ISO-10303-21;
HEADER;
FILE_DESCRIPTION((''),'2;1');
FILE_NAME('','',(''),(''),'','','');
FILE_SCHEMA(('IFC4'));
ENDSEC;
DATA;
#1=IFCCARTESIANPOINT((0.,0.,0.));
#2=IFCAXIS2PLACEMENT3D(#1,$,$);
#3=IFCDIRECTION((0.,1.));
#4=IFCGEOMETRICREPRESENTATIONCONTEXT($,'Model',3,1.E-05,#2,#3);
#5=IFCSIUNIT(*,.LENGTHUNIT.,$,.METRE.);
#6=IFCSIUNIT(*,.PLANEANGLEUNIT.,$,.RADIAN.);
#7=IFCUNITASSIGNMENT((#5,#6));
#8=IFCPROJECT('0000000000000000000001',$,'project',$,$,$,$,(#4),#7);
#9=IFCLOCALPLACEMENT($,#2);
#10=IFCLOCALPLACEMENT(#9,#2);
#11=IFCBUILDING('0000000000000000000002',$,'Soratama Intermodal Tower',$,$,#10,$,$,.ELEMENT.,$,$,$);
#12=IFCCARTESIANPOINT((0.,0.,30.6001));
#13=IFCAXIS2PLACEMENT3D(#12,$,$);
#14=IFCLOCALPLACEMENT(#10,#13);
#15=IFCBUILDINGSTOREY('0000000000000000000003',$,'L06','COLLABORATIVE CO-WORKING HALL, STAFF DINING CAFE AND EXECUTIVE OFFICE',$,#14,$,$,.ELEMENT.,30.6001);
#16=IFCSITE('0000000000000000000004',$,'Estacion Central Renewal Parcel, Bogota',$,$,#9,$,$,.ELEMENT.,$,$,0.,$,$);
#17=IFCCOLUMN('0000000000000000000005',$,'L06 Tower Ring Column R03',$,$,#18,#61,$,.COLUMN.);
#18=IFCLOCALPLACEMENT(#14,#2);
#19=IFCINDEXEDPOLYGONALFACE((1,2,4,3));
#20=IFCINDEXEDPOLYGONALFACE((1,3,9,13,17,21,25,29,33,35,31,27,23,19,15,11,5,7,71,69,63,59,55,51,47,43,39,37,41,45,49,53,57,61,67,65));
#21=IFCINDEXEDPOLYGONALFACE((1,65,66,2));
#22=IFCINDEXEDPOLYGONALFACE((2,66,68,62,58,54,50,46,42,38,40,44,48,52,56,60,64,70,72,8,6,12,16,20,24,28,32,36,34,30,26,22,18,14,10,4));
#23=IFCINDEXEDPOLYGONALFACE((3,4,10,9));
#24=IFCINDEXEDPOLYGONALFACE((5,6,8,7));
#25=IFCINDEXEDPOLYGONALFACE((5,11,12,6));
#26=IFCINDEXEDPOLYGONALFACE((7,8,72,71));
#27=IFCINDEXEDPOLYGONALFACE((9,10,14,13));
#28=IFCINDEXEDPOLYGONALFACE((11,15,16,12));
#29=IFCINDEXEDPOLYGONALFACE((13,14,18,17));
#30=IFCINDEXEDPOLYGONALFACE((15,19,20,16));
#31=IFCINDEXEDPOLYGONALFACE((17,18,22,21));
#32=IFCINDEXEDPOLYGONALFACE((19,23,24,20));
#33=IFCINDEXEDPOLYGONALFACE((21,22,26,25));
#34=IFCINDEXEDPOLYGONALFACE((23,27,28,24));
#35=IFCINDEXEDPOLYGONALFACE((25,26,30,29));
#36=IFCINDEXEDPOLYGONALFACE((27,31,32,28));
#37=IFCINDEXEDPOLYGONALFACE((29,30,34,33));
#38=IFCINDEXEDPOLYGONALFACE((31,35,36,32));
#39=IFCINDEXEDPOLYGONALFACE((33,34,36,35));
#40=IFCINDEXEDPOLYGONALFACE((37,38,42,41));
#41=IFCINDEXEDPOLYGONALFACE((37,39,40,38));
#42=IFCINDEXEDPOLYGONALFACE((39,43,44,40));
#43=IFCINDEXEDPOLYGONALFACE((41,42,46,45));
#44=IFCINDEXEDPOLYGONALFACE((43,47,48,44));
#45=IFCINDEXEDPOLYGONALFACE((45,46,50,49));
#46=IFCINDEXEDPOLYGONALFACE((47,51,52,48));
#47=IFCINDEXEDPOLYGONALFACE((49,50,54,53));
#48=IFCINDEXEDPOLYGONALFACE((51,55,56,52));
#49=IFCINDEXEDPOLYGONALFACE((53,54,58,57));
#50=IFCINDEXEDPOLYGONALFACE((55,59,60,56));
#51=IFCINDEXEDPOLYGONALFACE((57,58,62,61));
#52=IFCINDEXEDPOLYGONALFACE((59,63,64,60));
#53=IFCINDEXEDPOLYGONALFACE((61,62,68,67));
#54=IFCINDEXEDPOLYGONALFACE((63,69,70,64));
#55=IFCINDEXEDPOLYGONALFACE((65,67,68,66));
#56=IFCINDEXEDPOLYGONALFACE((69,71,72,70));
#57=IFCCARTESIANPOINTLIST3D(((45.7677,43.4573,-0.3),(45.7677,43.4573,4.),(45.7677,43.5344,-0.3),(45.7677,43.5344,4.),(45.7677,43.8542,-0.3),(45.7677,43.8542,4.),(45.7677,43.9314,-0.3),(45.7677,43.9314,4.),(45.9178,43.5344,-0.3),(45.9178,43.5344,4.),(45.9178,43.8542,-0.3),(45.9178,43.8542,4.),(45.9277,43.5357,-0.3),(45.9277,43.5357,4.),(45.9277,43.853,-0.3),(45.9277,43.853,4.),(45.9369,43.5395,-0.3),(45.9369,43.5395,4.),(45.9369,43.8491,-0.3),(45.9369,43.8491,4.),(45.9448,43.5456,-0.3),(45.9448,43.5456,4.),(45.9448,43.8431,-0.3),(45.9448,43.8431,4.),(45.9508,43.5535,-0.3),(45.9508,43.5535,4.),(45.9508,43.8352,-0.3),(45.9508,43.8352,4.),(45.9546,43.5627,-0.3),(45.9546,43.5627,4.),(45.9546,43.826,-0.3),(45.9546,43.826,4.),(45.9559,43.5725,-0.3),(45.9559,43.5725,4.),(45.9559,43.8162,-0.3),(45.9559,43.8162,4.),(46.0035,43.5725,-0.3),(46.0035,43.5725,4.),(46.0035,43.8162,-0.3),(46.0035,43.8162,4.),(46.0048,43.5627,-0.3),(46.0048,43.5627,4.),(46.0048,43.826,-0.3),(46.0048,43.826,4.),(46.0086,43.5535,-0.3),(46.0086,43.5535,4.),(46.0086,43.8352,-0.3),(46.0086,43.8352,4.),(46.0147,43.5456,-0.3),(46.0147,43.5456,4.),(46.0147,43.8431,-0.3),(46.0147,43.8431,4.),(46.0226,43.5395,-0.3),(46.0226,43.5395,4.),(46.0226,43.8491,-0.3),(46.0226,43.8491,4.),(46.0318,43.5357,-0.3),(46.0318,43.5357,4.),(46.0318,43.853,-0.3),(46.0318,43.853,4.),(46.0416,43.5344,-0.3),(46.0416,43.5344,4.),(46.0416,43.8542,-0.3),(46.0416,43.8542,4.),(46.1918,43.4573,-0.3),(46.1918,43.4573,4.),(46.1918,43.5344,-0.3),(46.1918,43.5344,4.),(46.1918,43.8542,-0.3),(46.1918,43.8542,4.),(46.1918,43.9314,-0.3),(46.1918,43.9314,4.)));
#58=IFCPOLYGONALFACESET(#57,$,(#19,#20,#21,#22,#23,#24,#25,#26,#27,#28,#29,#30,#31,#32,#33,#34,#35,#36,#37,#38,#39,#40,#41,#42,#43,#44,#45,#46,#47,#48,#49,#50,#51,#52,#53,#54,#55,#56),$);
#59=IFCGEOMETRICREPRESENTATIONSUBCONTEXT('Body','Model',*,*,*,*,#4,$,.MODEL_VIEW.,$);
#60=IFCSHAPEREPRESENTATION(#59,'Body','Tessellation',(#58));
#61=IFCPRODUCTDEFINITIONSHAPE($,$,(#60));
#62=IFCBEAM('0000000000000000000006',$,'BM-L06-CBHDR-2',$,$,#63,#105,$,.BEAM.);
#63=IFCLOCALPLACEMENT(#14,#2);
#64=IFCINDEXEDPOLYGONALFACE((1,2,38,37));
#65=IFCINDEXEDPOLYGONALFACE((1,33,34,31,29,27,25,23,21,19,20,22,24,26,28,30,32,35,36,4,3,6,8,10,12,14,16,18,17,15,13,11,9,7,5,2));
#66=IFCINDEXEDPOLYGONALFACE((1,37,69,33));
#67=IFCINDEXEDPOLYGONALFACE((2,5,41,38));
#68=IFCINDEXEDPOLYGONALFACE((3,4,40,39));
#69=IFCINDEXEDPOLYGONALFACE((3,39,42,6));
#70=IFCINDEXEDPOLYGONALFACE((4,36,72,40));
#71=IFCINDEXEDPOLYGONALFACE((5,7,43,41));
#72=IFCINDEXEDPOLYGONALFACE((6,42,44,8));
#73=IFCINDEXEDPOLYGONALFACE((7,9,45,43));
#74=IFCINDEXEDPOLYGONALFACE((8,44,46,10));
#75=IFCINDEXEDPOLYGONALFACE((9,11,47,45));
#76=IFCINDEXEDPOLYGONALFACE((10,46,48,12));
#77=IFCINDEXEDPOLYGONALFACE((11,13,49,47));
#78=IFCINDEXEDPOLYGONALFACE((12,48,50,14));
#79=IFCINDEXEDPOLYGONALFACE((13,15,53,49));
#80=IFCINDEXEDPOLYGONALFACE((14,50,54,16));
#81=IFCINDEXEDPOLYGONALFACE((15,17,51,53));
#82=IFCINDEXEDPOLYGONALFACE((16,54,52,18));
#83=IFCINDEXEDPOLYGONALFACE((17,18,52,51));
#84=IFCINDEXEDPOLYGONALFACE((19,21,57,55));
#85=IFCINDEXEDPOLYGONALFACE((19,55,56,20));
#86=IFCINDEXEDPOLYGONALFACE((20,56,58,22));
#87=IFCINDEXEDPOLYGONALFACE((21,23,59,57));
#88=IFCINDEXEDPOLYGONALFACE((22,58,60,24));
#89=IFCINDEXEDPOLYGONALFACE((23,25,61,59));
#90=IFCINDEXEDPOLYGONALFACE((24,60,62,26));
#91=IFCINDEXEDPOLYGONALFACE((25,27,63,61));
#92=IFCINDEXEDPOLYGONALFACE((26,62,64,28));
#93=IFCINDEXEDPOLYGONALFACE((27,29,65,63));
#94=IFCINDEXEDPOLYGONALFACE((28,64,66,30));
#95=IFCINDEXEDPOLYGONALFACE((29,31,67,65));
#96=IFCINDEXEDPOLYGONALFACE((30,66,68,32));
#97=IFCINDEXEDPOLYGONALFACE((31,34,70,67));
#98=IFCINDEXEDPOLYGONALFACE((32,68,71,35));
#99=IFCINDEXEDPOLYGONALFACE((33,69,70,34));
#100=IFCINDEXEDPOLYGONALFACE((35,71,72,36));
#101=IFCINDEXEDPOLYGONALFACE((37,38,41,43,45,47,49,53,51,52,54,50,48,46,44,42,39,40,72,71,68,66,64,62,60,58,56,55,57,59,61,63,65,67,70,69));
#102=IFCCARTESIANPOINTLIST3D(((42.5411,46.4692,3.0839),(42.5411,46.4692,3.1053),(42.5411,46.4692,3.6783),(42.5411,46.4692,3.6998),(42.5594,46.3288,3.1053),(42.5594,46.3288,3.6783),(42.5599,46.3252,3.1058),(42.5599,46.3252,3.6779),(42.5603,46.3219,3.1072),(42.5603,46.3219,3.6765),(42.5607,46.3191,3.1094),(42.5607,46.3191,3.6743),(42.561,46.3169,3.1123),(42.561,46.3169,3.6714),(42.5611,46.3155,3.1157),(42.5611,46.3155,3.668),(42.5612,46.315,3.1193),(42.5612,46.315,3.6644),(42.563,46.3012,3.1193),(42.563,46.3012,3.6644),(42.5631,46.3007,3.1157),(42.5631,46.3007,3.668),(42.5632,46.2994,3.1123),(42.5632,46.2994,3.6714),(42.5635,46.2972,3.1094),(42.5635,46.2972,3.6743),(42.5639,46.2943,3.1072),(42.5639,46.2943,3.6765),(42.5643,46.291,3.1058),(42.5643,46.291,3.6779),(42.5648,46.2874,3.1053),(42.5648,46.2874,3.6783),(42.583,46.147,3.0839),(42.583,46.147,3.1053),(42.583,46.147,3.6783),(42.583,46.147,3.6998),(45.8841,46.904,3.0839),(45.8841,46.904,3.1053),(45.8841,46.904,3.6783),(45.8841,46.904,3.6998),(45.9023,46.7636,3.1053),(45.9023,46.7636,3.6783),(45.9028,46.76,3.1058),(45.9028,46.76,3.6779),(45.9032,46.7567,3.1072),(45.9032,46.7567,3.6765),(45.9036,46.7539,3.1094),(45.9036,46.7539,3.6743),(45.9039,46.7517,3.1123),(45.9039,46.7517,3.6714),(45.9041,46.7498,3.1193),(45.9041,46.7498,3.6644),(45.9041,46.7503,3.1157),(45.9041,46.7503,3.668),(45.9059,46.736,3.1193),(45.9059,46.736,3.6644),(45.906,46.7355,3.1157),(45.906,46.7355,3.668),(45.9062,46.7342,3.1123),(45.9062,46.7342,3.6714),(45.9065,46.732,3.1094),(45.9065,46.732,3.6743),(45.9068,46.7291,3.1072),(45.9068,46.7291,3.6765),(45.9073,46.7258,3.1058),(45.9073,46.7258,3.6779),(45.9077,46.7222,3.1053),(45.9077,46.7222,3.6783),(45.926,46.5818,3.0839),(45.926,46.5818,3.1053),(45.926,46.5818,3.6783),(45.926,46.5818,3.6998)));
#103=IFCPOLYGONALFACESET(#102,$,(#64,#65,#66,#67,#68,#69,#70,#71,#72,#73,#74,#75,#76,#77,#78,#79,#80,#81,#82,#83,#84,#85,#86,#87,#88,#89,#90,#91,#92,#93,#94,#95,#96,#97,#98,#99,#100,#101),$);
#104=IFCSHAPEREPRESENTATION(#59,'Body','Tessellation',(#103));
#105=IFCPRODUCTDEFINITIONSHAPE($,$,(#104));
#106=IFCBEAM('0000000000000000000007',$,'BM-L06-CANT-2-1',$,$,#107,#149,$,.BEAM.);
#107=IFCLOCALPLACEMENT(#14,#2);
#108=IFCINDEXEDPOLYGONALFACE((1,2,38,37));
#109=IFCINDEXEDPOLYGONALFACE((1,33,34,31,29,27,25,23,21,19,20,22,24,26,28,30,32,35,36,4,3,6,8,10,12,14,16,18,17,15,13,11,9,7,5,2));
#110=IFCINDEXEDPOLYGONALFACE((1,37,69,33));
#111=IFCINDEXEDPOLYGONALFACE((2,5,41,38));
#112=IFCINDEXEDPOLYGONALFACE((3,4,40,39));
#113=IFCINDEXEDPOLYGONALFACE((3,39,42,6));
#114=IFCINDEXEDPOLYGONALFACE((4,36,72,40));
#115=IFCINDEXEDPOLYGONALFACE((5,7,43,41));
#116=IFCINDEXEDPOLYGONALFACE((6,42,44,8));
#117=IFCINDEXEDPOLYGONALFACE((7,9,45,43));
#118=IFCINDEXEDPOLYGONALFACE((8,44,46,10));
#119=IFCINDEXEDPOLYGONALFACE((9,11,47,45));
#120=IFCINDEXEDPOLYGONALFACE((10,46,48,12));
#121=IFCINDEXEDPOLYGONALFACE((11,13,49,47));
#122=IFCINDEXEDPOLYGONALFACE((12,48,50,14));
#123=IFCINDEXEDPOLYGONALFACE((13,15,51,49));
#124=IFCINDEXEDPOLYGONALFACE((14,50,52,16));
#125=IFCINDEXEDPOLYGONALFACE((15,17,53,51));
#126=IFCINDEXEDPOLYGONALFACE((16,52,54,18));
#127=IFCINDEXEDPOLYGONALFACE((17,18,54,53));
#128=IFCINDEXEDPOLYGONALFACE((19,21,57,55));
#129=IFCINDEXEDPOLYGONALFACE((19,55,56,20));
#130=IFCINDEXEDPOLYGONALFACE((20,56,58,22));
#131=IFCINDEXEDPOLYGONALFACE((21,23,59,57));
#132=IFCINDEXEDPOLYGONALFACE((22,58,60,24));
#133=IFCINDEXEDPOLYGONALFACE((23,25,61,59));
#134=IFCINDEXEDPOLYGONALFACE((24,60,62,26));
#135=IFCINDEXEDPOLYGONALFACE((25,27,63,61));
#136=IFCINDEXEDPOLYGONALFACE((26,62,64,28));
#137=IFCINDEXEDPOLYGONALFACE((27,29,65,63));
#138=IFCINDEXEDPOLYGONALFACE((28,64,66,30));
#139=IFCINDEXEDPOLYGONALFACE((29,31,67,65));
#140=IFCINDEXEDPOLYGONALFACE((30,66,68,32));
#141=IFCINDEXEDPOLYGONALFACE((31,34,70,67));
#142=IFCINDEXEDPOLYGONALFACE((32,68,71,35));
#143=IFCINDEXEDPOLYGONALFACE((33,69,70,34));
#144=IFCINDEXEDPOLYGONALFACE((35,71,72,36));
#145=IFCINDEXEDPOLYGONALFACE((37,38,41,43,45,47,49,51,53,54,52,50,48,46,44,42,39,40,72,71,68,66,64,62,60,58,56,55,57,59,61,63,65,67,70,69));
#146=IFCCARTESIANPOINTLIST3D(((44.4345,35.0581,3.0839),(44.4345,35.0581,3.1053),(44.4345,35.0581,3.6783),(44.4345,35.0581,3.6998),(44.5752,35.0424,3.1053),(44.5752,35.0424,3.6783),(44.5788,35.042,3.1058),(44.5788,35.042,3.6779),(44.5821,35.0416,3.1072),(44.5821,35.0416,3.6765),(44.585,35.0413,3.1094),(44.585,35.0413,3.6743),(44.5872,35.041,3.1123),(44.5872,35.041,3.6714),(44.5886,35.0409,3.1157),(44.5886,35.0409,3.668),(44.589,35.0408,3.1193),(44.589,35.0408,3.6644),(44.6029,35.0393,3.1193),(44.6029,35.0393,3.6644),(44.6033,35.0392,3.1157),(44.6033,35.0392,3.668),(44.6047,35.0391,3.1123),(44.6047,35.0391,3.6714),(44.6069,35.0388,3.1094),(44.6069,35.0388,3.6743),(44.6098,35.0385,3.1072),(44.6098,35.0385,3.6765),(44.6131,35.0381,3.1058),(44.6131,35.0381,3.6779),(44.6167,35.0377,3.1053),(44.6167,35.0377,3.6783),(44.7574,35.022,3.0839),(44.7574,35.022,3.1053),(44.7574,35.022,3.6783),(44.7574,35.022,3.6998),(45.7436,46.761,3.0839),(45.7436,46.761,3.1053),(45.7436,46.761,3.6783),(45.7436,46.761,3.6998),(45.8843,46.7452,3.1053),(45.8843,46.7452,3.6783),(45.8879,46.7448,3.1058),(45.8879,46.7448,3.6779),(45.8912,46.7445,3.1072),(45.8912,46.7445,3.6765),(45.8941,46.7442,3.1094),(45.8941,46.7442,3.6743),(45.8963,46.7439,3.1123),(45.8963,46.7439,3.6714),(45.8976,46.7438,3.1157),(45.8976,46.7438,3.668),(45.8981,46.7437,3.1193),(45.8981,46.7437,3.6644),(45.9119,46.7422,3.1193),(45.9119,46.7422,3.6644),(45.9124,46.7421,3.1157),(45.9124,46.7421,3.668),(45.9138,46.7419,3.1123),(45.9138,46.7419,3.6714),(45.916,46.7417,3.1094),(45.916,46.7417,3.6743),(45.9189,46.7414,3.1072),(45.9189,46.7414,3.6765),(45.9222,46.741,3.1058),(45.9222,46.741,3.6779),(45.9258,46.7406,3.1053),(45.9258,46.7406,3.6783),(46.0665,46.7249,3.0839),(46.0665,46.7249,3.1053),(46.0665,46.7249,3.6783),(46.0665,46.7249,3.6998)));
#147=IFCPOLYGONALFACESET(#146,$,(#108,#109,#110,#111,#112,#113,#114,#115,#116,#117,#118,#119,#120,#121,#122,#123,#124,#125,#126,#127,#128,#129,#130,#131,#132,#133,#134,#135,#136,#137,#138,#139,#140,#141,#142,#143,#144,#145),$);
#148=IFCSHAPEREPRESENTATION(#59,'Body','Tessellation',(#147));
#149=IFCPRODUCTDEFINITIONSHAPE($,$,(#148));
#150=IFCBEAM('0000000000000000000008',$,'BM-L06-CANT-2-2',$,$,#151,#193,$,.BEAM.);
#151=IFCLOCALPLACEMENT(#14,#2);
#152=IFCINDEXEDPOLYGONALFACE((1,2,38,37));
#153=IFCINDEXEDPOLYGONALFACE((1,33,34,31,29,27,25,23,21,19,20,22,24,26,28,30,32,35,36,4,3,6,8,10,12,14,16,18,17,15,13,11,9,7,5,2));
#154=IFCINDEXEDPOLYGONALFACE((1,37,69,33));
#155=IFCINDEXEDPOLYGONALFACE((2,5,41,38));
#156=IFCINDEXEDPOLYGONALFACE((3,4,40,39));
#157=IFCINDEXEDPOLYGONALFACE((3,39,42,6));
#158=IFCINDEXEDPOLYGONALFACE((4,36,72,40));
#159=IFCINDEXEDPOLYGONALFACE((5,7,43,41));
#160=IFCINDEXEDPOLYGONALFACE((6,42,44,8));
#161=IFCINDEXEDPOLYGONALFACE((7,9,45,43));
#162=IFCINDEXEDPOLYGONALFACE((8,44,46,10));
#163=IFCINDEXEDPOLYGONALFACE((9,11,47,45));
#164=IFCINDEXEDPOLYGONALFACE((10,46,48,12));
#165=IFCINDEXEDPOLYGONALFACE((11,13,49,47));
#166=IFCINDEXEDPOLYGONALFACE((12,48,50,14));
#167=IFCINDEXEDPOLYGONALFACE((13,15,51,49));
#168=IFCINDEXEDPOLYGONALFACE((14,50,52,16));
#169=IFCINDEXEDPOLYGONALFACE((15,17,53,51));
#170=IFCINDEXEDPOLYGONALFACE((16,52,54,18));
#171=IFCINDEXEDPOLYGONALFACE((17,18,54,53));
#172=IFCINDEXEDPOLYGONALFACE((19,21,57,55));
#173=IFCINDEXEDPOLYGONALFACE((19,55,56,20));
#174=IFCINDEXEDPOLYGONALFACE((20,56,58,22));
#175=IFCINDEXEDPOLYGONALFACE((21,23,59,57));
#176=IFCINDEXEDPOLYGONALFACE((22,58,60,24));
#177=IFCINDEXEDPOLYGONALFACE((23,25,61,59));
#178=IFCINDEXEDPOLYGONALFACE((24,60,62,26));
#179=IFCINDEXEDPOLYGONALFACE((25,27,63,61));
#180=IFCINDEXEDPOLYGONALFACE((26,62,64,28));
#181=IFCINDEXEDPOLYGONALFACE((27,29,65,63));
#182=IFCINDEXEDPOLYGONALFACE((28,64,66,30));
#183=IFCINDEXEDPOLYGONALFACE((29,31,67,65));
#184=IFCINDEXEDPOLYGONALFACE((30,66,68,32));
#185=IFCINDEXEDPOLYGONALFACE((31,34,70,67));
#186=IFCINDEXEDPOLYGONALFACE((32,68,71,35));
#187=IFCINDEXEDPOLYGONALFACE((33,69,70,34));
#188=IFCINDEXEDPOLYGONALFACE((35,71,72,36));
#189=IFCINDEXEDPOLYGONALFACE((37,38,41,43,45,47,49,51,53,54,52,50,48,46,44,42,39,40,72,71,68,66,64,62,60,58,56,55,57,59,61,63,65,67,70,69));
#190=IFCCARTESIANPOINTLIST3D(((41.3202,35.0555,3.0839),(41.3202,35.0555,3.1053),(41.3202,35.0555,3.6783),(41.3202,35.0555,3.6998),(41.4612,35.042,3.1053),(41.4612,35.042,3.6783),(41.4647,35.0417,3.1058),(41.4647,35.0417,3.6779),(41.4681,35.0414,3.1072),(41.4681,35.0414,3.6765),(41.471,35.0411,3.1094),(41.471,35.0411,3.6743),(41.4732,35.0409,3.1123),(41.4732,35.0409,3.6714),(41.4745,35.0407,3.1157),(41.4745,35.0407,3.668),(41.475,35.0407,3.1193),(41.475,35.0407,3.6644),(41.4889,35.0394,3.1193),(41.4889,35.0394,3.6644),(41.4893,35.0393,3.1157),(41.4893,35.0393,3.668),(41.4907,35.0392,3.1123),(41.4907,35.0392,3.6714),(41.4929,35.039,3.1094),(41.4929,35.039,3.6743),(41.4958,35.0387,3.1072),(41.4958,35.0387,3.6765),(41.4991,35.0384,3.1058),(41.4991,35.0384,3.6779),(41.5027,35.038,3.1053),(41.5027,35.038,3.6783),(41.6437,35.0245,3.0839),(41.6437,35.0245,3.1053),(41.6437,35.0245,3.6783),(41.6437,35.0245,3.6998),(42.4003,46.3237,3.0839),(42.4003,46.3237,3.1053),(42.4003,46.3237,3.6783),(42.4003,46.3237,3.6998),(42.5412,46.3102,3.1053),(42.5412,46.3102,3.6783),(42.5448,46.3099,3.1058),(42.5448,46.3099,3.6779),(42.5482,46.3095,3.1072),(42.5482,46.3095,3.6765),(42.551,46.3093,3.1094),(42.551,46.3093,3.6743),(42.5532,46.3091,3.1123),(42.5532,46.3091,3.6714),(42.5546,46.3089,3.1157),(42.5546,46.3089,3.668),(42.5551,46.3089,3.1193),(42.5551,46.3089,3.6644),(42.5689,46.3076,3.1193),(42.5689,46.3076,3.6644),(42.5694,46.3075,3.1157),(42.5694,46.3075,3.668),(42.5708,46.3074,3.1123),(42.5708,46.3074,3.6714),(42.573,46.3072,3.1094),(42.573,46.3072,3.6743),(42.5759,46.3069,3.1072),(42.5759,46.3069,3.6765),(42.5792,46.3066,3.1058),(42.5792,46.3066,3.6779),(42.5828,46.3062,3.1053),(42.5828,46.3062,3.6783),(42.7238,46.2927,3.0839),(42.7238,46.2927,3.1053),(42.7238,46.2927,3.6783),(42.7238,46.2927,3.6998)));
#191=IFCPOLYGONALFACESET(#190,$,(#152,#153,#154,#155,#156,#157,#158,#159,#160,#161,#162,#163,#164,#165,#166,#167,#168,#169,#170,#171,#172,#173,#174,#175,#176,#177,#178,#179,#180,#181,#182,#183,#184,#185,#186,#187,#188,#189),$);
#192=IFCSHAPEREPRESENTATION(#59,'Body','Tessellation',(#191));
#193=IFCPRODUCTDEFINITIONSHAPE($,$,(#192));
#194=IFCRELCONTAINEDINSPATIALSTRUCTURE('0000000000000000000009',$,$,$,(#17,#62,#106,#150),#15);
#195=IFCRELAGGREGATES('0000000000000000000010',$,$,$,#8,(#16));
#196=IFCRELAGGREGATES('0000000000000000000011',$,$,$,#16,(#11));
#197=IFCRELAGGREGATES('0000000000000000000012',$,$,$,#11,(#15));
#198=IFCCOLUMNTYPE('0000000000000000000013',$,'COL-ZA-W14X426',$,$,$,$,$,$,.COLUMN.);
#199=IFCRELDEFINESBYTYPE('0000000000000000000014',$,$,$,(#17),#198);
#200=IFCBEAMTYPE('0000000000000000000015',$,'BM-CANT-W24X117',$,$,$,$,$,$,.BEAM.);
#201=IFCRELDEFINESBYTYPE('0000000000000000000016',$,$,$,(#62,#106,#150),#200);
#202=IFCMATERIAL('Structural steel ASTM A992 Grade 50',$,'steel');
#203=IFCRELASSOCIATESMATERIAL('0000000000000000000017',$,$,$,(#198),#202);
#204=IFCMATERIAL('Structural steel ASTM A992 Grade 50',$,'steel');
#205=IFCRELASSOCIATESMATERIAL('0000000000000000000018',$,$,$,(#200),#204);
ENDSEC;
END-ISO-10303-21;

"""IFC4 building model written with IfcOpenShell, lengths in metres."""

from ifc_helpers import new_model, si_unit, direction, frame, origin, origin_2d, place, context, subcontext, project, spatial, i_section, extrude, material, material_profile, profile_set, type_object, element, save


model = new_model("IFC4")

# Units and contexts
model_context = context("Model", 3, precision=1e-05, world=origin(), true_north=direction((0.0, 1.0)))
body_context = subcontext(model_context, "Body", "Model", "MODEL_VIEW")
ifc_project = project(units=[si_unit("LENGTHUNIT", "METRE"), si_unit("PLANEANGLEUNIT", "RADIAN")], contexts=[model_context])

# Site, building, storey
site_placement = place(None, origin())
site = spatial("IfcSite", under=ifc_project, at=site_placement, Name="Estacion Central Renewal Parcel, Bogota", CompositionType="ELEMENT", RefElevation=0.0)
building_placement = place(site_placement, origin())
building = spatial("IfcBuilding", under=site, at=building_placement, Name="Soratama Intermodal Tower", CompositionType="ELEMENT")
storey_placement = place(building_placement, frame((0.0, 0.0, 30.6001)))
storey = spatial("IfcBuildingStorey", under=building, at=storey_placement, Name="L06", Description="COLLABORATIVE CO-WORKING HALL, STAFF DINING CAFE AND EXECUTIVE OFFICE", CompositionType="ELEMENT", Elevation=30.6001)

# Column
ifc_material_1 = material(Name="Structural steel ASTM A992 Grade 50", Category="steel")
ifc_material_profile_1 = material_profile(ifc_material_1, i_section(OverallWidth=0.4241, OverallDepth=0.4741, WebThickness=0.0476, FlangeThickness=0.0771, FilletRadius=0.0381, at=origin_2d()), Name="W14X426")
ifc_profile_set_1 = profile_set([ifc_material_profile_1], Name="Structural steel ASTM A992 Grade 50")
column_type = type_object("IfcColumnType", Name="COL-ZA-W14X426", PredefinedType="COLUMN", material=ifc_profile_set_1)
column_placement = place(storey_placement, frame((45.9797, 43.6943, -0.3), z_axis=(0.0, 0.0, 1.0), x_axis=(1.0, 0.0, 0.0)))
element("IfcColumn", 1, at=column_placement, inside=storey, type_object=column_type, Name="L06 Tower Ring Column R03", PredefinedType="COLUMN", context=body_context, shape_type="SweptSolid", body=[
    extrude(i_section(OverallWidth=0.4241, OverallDepth=0.4741, WebThickness=0.0476, FlangeThickness=0.0771, FilletRadius=0.0381, at=origin_2d()), origin(), (0.0, 0.0, 1.0), 4.3),
])

# Beams
ifc_material_2 = material(Name="Structural steel ASTM A992 Grade 50", Category="steel")
ifc_material_profile_2 = material_profile(ifc_material_2, i_section(OverallWidth=0.325, OverallDepth=0.616, WebThickness=0.0139, FlangeThickness=0.0215, FilletRadius=0.0139, at=origin_2d()), Name="W24X117")
ifc_profile_set_2 = profile_set([ifc_material_profile_2], Name="Structural steel ASTM A992 Grade 50")
beam_type_1 = type_object("IfcBeamType", Name="BM-CANT-W24X117", PredefinedType="BEAM", material=ifc_profile_set_2)
beam_1_placement = place(storey_placement, frame((45.905, 46.7429, 3.3918), z_axis=(-0.991647, -0.12898, 0.0), x_axis=(0.12898, -0.991647, 0.0)))
element("IfcBeam", 2, at=beam_1_placement, inside=storey, type_object=beam_type_1, Name="BM-L06-CBHDR-2", PredefinedType="BEAM", context=body_context, shape_type="SweptSolid", body=[
    extrude(i_section(OverallWidth=0.325, OverallDepth=0.616, WebThickness=0.0139, FlangeThickness=0.0215, FilletRadius=0.0139, at=origin_2d()), origin(), (0.0, 0.0, 1.0), 3.3711),
])
beam_2_placement = place(storey_placement, frame((44.5959, 35.04, 3.3918), z_axis=(0.111166, 0.993802, 0.0), x_axis=(-0.993802, 0.111166, 0.0)))
element("IfcBeam", 3, at=beam_2_placement, inside=storey, type_object=beam_type_1, Name="BM-L06-CANT-2-1", PredefinedType="BEAM", context=body_context, shape_type="SweptSolid", body=[
    extrude(i_section(OverallWidth=0.325, OverallDepth=0.616, WebThickness=0.0139, FlangeThickness=0.0215, FilletRadius=0.0139, at=origin_2d()), origin(), (0.0, 0.0, 1.0), 11.7759),
])
beam_3_placement = place(storey_placement, frame((41.4819, 35.04, 3.3918), z_axis=(0.095416, 0.995438, 0.0), x_axis=(-0.995438, 0.095416, 0.0)))
element("IfcBeam", 4, at=beam_3_placement, inside=storey, type_object=beam_type_1, Name="BM-L06-CANT-2-2", PredefinedType="BEAM", context=body_context, shape_type="SweptSolid", body=[
    extrude(i_section(OverallWidth=0.325, OverallDepth=0.616, WebThickness=0.0139, FlangeThickness=0.0215, FilletRadius=0.0139, at=origin_2d()), origin(), (0.0, 0.0, 1.0), 11.3198),
])

save(model, "model.ifc")
